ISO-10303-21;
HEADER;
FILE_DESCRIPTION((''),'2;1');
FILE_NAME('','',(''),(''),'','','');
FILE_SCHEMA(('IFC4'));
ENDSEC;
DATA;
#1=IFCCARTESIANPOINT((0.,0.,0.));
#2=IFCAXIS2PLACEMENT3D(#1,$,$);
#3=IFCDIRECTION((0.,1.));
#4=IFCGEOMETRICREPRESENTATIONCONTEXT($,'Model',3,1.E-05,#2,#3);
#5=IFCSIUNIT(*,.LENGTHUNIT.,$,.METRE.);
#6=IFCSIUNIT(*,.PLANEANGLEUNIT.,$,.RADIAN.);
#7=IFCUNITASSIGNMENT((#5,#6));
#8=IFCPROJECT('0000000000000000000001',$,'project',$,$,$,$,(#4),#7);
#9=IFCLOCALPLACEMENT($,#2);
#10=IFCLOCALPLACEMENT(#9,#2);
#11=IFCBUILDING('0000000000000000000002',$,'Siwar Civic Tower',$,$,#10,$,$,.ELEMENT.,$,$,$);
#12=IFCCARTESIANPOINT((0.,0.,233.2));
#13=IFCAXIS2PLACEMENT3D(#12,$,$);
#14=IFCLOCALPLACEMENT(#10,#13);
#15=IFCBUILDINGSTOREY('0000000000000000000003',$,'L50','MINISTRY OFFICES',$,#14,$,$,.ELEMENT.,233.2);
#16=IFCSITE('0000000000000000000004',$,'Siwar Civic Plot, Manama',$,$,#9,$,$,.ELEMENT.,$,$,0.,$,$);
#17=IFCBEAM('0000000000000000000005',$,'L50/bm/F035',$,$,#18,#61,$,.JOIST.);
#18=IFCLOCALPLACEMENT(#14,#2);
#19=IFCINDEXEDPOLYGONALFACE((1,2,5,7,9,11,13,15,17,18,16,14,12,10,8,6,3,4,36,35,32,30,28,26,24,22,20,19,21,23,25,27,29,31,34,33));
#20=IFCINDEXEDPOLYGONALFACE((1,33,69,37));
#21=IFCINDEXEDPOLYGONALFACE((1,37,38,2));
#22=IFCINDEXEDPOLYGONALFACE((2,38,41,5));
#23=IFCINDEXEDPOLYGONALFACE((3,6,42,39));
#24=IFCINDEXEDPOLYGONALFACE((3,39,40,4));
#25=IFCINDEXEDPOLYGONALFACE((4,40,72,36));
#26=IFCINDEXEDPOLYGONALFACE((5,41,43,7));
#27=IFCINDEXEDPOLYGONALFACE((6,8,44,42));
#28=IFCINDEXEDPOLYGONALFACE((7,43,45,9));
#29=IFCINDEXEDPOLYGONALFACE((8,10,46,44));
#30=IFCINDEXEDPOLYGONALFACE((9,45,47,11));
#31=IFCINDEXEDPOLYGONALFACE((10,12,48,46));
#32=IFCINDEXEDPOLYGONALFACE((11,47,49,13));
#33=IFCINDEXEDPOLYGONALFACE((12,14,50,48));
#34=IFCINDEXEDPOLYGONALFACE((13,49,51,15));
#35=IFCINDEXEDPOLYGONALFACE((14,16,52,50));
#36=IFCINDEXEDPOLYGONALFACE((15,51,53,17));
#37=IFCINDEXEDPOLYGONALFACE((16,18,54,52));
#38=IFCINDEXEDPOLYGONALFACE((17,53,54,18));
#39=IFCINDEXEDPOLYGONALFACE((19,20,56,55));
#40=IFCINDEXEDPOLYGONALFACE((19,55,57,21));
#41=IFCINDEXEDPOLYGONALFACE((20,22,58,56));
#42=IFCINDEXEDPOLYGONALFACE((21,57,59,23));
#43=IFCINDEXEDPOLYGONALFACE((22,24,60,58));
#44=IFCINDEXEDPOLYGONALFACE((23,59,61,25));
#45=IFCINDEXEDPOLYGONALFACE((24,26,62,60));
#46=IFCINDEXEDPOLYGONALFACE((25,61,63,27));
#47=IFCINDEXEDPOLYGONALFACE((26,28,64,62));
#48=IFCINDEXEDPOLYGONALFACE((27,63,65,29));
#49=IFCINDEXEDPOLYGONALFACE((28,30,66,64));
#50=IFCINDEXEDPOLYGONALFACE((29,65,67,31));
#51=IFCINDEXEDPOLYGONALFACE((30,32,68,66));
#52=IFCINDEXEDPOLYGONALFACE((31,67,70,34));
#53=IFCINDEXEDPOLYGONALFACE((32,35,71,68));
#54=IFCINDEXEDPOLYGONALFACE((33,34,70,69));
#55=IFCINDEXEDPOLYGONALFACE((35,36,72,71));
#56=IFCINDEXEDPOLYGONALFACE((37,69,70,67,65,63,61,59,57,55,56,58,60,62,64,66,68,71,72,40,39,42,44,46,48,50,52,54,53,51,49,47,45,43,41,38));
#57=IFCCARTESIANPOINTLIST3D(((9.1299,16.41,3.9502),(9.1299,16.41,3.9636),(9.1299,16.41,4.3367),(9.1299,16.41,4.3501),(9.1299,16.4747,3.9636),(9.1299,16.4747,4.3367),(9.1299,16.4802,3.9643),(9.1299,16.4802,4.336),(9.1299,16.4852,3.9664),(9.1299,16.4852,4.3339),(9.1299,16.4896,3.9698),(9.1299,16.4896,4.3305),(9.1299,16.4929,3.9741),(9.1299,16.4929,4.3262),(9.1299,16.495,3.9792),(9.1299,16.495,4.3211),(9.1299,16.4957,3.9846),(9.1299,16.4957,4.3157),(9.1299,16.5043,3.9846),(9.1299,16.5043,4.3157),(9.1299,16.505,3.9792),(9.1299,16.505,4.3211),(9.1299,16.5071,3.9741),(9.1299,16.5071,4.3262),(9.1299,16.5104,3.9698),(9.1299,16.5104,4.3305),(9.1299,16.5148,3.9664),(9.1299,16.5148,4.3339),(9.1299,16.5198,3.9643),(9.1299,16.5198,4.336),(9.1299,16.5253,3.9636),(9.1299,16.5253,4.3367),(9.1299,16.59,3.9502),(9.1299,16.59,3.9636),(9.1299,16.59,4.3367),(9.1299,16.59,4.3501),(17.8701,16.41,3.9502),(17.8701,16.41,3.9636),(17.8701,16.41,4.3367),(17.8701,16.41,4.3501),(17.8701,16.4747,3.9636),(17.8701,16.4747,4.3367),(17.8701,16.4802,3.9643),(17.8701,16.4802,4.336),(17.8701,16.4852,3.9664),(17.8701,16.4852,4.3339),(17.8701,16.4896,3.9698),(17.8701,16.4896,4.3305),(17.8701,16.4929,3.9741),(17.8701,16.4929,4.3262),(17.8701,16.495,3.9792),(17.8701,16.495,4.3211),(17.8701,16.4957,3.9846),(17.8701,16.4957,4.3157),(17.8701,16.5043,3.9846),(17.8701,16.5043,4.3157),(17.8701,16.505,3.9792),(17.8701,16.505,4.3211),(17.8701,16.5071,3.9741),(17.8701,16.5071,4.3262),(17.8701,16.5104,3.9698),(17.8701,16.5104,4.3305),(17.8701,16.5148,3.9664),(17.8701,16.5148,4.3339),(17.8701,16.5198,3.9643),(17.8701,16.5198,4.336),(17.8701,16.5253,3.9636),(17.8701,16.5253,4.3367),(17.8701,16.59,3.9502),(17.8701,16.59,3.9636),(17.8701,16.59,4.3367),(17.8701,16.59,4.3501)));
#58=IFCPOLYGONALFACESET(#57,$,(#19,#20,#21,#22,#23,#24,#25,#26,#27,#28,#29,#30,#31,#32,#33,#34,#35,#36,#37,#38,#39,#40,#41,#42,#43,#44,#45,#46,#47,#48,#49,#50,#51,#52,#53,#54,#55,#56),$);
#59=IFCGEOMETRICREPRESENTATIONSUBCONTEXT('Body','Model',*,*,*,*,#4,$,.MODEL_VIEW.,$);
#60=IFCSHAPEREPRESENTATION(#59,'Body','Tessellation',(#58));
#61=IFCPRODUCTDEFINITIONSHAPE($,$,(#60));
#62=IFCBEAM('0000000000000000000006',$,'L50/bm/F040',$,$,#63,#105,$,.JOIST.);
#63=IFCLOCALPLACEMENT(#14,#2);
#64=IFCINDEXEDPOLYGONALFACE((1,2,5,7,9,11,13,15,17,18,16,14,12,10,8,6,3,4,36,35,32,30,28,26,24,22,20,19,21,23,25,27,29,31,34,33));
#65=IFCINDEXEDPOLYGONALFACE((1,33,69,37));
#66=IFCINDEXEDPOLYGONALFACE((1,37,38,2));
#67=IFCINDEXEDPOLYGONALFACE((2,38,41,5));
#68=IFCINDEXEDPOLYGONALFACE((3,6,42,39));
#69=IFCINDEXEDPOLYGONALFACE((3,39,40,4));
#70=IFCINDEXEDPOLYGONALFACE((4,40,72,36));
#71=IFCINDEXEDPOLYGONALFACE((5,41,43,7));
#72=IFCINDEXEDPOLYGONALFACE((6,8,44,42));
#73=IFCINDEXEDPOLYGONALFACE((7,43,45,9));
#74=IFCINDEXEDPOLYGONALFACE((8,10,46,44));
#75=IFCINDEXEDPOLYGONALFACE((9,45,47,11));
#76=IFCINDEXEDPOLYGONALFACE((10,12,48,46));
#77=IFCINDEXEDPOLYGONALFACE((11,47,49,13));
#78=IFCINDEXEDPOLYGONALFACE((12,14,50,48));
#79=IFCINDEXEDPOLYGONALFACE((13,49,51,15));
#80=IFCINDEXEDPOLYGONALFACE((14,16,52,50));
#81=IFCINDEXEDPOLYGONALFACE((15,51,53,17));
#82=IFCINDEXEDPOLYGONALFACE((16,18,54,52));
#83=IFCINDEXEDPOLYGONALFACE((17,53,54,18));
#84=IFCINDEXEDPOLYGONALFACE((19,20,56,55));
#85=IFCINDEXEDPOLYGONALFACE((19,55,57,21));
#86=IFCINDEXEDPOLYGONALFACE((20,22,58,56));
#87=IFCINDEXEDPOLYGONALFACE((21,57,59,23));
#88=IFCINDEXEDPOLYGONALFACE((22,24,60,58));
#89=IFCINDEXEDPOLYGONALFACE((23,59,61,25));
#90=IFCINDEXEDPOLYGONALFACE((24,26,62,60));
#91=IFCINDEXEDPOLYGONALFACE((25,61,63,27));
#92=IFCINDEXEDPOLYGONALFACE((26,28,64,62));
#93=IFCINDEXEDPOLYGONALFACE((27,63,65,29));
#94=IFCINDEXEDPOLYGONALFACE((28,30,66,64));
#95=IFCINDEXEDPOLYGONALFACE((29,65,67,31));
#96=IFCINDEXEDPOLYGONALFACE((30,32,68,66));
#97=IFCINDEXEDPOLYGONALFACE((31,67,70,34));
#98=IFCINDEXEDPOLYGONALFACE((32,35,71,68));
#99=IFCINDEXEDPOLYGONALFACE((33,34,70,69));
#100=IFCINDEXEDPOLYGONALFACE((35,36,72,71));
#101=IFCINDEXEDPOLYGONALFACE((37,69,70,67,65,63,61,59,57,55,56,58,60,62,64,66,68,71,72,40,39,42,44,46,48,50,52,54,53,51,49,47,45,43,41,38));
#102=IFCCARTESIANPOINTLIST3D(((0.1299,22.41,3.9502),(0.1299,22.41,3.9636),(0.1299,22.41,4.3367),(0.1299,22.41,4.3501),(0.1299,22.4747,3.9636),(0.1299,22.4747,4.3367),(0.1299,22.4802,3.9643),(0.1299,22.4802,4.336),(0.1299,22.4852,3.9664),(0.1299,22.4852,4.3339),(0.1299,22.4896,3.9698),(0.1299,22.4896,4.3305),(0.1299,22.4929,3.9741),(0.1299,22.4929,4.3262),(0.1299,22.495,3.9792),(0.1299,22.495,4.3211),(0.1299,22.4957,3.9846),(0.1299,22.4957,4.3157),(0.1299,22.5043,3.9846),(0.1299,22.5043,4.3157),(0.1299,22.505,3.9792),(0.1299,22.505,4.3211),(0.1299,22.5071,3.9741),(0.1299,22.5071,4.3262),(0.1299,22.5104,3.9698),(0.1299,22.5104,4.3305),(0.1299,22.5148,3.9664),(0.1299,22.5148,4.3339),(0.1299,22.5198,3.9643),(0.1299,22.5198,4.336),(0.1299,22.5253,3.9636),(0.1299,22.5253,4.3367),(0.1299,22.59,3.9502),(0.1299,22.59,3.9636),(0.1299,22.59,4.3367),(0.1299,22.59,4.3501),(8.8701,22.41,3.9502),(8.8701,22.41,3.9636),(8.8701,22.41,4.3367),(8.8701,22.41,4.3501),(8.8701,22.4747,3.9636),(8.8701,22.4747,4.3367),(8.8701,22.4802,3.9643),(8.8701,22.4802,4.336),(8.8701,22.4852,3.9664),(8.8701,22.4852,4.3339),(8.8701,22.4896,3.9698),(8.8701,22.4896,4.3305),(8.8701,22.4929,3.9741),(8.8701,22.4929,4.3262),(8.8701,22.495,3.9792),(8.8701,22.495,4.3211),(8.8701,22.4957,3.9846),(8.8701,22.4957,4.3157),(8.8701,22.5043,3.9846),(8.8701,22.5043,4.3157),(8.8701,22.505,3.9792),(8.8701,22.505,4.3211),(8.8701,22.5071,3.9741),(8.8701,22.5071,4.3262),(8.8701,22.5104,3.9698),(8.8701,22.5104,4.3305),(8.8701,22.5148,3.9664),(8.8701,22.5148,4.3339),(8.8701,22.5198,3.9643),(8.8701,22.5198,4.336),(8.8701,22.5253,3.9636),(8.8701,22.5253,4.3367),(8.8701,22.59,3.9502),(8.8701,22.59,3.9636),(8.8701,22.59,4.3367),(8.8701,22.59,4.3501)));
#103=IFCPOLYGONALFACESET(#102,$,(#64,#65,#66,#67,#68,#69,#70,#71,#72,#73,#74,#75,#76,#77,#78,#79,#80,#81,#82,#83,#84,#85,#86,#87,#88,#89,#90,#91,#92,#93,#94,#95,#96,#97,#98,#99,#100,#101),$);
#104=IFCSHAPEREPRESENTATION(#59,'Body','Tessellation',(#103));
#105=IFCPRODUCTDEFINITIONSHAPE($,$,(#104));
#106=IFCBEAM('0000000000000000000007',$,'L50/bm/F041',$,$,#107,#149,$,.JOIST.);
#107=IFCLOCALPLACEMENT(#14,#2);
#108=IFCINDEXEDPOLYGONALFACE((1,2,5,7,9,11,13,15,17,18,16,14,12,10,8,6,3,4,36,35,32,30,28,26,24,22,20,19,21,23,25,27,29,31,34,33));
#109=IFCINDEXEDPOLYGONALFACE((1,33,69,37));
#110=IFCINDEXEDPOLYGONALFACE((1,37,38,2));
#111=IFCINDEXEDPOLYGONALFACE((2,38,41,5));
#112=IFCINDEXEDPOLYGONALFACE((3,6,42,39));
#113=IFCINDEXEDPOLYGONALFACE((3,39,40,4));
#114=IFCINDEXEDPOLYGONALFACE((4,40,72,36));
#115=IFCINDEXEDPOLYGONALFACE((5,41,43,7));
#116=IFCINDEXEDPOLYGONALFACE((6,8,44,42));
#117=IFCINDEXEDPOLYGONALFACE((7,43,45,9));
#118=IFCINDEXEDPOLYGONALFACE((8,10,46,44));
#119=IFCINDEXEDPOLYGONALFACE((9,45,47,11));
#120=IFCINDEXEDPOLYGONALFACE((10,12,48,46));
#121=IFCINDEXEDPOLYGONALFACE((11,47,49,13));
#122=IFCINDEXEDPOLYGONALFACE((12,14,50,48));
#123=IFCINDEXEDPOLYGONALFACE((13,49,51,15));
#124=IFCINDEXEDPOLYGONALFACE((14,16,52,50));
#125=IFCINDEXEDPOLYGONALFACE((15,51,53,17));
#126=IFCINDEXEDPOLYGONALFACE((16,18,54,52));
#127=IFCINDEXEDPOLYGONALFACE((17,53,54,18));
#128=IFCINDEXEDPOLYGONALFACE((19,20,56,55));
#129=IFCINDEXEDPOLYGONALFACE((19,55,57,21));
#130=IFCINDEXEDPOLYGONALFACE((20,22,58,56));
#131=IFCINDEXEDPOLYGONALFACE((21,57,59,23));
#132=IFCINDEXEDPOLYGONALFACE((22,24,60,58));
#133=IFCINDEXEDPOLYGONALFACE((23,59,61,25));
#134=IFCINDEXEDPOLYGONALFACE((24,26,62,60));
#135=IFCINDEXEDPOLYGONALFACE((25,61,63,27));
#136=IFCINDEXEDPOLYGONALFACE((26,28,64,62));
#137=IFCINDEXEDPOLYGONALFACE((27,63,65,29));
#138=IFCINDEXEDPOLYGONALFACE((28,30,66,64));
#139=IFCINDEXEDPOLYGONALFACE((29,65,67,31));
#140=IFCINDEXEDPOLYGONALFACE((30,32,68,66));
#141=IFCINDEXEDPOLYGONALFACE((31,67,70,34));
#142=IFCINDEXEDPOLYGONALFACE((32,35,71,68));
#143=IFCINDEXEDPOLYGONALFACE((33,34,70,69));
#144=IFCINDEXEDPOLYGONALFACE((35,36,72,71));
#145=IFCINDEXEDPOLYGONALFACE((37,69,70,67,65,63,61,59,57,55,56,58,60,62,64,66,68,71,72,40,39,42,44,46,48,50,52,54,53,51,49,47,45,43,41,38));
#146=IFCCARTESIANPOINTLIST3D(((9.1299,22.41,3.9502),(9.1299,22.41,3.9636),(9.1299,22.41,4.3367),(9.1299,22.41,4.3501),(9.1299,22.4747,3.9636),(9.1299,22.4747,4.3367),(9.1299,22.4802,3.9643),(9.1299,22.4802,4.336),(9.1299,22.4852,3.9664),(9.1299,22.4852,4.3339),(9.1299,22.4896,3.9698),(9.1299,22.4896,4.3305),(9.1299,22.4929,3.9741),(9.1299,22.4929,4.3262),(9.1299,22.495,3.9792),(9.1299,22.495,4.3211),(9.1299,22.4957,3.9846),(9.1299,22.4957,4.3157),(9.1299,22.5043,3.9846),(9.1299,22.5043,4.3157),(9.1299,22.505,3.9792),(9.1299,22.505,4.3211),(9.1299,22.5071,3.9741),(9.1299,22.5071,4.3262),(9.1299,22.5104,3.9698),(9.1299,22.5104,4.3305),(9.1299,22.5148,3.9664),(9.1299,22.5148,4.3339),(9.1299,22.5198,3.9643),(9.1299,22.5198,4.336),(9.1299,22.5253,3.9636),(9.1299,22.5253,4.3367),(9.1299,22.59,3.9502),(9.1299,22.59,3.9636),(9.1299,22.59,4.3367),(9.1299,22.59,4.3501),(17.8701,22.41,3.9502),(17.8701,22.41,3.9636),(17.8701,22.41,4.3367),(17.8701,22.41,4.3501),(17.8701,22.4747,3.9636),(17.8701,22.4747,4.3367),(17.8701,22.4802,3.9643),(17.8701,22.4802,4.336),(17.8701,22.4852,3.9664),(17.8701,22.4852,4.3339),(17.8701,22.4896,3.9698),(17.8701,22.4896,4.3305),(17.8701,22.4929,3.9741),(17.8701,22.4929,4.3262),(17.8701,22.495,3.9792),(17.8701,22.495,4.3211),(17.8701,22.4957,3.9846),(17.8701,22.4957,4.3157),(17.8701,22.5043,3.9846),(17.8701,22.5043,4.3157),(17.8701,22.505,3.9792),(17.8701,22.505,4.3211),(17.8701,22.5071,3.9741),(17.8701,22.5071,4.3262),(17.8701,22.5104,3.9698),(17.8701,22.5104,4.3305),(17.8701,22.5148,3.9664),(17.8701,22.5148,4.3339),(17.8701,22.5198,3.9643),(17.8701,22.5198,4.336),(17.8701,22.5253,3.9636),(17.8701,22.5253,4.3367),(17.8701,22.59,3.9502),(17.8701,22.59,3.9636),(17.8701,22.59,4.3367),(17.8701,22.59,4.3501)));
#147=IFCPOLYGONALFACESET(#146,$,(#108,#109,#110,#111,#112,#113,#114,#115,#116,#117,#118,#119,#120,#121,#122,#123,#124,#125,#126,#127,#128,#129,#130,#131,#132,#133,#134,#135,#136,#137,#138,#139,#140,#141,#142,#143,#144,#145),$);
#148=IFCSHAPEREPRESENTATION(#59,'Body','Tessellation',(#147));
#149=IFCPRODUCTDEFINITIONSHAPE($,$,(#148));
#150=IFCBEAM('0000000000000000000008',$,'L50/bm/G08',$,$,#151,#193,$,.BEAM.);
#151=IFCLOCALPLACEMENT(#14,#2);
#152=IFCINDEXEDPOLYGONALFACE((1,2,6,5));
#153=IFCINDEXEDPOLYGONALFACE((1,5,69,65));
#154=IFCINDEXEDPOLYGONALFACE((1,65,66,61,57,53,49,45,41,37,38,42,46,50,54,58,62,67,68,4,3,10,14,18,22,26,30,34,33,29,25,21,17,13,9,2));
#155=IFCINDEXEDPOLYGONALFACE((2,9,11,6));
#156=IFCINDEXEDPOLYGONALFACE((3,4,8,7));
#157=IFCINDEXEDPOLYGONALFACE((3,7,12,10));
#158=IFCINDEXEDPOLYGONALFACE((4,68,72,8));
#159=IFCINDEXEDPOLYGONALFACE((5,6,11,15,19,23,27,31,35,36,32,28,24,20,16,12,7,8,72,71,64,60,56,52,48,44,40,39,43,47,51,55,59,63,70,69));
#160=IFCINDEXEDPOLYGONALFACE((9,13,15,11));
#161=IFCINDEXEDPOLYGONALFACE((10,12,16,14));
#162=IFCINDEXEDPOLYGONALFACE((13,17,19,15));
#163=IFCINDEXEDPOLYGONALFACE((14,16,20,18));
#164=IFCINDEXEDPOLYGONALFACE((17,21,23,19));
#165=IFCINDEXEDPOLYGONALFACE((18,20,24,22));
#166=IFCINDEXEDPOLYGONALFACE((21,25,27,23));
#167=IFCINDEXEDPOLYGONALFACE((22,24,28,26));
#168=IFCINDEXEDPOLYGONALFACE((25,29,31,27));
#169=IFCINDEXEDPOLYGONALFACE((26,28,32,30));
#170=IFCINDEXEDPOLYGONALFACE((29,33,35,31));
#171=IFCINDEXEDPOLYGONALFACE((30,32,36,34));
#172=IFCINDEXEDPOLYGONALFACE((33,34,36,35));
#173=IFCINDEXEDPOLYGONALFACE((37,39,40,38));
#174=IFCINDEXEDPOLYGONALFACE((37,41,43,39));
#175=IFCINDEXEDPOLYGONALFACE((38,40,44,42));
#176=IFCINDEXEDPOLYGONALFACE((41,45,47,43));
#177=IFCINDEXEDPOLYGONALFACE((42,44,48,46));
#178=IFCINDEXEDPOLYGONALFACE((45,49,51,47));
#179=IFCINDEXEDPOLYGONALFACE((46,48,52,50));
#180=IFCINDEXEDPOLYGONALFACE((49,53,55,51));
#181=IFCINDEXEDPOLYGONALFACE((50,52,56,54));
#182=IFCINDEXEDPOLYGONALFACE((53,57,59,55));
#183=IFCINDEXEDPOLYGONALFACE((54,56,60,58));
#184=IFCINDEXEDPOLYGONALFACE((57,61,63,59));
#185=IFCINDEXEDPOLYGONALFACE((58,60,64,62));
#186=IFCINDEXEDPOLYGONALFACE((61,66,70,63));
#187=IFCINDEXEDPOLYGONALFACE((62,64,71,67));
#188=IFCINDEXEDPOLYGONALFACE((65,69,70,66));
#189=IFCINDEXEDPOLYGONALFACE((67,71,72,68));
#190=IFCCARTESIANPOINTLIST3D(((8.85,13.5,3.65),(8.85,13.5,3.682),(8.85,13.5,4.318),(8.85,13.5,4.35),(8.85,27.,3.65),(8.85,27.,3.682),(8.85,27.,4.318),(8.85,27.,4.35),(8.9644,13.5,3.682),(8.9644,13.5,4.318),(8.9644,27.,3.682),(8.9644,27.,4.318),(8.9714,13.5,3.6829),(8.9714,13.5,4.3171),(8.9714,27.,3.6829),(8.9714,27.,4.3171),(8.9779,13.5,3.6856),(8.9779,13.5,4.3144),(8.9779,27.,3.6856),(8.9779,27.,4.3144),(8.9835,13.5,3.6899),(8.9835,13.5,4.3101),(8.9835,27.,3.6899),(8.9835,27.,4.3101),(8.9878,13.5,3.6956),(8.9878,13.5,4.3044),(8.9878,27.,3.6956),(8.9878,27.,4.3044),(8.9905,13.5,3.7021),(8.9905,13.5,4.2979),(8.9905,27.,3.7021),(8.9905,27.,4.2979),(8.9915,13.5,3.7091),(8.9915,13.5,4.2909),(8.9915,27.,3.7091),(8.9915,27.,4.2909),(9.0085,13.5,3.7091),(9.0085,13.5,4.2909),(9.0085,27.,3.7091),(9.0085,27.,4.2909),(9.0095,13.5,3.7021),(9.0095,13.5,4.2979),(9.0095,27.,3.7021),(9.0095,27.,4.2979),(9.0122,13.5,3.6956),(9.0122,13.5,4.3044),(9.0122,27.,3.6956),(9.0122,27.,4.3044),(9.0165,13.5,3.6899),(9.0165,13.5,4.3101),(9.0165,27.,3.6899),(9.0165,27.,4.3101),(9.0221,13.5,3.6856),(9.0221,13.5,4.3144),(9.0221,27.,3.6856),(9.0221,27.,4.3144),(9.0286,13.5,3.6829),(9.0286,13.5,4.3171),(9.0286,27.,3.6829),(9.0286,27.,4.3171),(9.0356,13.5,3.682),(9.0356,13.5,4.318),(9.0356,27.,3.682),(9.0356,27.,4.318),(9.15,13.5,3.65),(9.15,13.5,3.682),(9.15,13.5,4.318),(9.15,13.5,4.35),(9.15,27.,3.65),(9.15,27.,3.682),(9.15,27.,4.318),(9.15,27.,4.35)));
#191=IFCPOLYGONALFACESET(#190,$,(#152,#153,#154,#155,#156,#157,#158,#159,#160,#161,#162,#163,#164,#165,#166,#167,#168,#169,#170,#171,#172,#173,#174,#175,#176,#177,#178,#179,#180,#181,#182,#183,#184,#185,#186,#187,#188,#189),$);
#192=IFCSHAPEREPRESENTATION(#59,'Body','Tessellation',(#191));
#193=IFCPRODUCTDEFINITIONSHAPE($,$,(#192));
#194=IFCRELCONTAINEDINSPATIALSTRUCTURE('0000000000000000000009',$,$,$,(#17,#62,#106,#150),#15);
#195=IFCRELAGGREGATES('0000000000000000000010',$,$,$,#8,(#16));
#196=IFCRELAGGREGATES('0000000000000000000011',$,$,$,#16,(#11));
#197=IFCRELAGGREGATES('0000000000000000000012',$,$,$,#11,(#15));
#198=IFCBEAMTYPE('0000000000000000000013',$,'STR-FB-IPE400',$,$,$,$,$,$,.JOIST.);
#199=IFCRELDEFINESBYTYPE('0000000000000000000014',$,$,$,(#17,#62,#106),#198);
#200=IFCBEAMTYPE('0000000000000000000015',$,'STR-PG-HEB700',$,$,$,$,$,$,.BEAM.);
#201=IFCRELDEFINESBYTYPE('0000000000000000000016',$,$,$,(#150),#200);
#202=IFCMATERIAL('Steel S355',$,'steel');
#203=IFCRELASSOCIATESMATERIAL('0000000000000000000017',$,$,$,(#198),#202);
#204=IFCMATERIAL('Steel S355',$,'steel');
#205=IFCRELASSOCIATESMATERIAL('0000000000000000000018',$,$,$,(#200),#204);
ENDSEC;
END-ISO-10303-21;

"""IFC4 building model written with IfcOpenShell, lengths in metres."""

from ifc_helpers import new_model, si_unit, direction, frame, origin, origin_2d, place, context, subcontext, project, spatial, i_section, extrude, material, material_profile, profile_set, type_object, element, save


model = new_model("IFC4")

# Units and contexts
model_context = context("Model", 3, precision=1e-05, world=origin(), true_north=direction((0.0, 1.0)))
body_context = subcontext(model_context, "Body", "Model", "MODEL_VIEW")
ifc_project = project(units=[si_unit("LENGTHUNIT", "METRE"), si_unit("PLANEANGLEUNIT", "RADIAN")], contexts=[model_context])

# Site, building, storey
site_placement = place(None, origin())
site = spatial("IfcSite", under=ifc_project, at=site_placement, Name="Siwar Civic Plot, Manama", CompositionType="ELEMENT", RefElevation=0.0)
building_placement = place(site_placement, origin())
building = spatial("IfcBuilding", under=site, at=building_placement, Name="Siwar Civic Tower", CompositionType="ELEMENT")
storey_placement = place(building_placement, frame((0.0, 0.0, 233.2)))
storey = spatial("IfcBuildingStorey", under=building, at=storey_placement, Name="L50", Description="MINISTRY OFFICES", CompositionType="ELEMENT", Elevation=233.2)

# Beams
ifc_material_1 = material(Name="Steel S355", Category="steel")
ifc_material_profile_1 = material_profile(ifc_material_1, i_section(OverallWidth=0.1799, OverallDepth=0.3999, WebThickness=0.0085, FlangeThickness=0.0134, FilletRadius=0.021, at=origin_2d()), Name="IPE400")
ifc_profile_set_1 = profile_set([ifc_material_profile_1], Name="Steel S355")
beam_type_1 = type_object("IfcBeamType", Name="STR-FB-IPE400", PredefinedType="JOIST", material=ifc_profile_set_1)
for number, where, z_axis, x_axis, name in (
    (1, (9.1299, 16.5, 4.1501), (1.0, 0.0, 0.0), (0.0, 1.0, 0.0), "L50/bm/F035"),
    (2, (0.1299, 22.5, 4.1501), (1.0, 0.0, 0.0), (0.0, 1.0, 0.0), "L50/bm/F040"),
    (3, (9.1299, 22.5, 4.1501), (1.0, 0.0, 0.0), (0.0, 1.0, 0.0), "L50/bm/F041"),
):
    element("IfcBeam", number, at=place(storey_placement, frame(where, z_axis=z_axis, x_axis=x_axis)), inside=storey, type_object=beam_type_1, Name=name, PredefinedType="JOIST", context=body_context, shape_type="SweptSolid", body=[
        extrude(i_section(OverallWidth=0.1799, OverallDepth=0.3999, WebThickness=0.0085, FlangeThickness=0.0134, FilletRadius=0.021, at=origin_2d()), origin(), (0.0, 0.0, 1.0), 8.7402),
    ])
ifc_material_2 = material(Name="Steel S355", Category="steel")
ifc_material_profile_2 = material_profile(ifc_material_2, i_section(OverallWidth=0.3, OverallDepth=0.7, WebThickness=0.0171, FlangeThickness=0.032, FilletRadius=0.0271, at=origin_2d()), Name="HEB700")
ifc_profile_set_2 = profile_set([ifc_material_profile_2], Name="Steel S355")
beam_type_2 = type_object("IfcBeamType", Name="STR-PG-HEB700", PredefinedType="BEAM", material=ifc_profile_set_2)
beam_1_placement = place(storey_placement, frame((9.0, 13.5, 4.0), z_axis=(0.0, 1.0, 0.0), x_axis=(-1.0, 0.0, 0.0)))
element("IfcBeam", 4, at=beam_1_placement, inside=storey, type_object=beam_type_2, Name="L50/bm/G08", PredefinedType="BEAM", context=body_context, shape_type="SweptSolid", body=[
    extrude(i_section(OverallWidth=0.3, OverallDepth=0.7, WebThickness=0.0171, FlangeThickness=0.032, FilletRadius=0.0271, at=origin_2d()), origin(), (0.0, 0.0, 1.0), 13.5),
])

save(model, "model.ifc")
